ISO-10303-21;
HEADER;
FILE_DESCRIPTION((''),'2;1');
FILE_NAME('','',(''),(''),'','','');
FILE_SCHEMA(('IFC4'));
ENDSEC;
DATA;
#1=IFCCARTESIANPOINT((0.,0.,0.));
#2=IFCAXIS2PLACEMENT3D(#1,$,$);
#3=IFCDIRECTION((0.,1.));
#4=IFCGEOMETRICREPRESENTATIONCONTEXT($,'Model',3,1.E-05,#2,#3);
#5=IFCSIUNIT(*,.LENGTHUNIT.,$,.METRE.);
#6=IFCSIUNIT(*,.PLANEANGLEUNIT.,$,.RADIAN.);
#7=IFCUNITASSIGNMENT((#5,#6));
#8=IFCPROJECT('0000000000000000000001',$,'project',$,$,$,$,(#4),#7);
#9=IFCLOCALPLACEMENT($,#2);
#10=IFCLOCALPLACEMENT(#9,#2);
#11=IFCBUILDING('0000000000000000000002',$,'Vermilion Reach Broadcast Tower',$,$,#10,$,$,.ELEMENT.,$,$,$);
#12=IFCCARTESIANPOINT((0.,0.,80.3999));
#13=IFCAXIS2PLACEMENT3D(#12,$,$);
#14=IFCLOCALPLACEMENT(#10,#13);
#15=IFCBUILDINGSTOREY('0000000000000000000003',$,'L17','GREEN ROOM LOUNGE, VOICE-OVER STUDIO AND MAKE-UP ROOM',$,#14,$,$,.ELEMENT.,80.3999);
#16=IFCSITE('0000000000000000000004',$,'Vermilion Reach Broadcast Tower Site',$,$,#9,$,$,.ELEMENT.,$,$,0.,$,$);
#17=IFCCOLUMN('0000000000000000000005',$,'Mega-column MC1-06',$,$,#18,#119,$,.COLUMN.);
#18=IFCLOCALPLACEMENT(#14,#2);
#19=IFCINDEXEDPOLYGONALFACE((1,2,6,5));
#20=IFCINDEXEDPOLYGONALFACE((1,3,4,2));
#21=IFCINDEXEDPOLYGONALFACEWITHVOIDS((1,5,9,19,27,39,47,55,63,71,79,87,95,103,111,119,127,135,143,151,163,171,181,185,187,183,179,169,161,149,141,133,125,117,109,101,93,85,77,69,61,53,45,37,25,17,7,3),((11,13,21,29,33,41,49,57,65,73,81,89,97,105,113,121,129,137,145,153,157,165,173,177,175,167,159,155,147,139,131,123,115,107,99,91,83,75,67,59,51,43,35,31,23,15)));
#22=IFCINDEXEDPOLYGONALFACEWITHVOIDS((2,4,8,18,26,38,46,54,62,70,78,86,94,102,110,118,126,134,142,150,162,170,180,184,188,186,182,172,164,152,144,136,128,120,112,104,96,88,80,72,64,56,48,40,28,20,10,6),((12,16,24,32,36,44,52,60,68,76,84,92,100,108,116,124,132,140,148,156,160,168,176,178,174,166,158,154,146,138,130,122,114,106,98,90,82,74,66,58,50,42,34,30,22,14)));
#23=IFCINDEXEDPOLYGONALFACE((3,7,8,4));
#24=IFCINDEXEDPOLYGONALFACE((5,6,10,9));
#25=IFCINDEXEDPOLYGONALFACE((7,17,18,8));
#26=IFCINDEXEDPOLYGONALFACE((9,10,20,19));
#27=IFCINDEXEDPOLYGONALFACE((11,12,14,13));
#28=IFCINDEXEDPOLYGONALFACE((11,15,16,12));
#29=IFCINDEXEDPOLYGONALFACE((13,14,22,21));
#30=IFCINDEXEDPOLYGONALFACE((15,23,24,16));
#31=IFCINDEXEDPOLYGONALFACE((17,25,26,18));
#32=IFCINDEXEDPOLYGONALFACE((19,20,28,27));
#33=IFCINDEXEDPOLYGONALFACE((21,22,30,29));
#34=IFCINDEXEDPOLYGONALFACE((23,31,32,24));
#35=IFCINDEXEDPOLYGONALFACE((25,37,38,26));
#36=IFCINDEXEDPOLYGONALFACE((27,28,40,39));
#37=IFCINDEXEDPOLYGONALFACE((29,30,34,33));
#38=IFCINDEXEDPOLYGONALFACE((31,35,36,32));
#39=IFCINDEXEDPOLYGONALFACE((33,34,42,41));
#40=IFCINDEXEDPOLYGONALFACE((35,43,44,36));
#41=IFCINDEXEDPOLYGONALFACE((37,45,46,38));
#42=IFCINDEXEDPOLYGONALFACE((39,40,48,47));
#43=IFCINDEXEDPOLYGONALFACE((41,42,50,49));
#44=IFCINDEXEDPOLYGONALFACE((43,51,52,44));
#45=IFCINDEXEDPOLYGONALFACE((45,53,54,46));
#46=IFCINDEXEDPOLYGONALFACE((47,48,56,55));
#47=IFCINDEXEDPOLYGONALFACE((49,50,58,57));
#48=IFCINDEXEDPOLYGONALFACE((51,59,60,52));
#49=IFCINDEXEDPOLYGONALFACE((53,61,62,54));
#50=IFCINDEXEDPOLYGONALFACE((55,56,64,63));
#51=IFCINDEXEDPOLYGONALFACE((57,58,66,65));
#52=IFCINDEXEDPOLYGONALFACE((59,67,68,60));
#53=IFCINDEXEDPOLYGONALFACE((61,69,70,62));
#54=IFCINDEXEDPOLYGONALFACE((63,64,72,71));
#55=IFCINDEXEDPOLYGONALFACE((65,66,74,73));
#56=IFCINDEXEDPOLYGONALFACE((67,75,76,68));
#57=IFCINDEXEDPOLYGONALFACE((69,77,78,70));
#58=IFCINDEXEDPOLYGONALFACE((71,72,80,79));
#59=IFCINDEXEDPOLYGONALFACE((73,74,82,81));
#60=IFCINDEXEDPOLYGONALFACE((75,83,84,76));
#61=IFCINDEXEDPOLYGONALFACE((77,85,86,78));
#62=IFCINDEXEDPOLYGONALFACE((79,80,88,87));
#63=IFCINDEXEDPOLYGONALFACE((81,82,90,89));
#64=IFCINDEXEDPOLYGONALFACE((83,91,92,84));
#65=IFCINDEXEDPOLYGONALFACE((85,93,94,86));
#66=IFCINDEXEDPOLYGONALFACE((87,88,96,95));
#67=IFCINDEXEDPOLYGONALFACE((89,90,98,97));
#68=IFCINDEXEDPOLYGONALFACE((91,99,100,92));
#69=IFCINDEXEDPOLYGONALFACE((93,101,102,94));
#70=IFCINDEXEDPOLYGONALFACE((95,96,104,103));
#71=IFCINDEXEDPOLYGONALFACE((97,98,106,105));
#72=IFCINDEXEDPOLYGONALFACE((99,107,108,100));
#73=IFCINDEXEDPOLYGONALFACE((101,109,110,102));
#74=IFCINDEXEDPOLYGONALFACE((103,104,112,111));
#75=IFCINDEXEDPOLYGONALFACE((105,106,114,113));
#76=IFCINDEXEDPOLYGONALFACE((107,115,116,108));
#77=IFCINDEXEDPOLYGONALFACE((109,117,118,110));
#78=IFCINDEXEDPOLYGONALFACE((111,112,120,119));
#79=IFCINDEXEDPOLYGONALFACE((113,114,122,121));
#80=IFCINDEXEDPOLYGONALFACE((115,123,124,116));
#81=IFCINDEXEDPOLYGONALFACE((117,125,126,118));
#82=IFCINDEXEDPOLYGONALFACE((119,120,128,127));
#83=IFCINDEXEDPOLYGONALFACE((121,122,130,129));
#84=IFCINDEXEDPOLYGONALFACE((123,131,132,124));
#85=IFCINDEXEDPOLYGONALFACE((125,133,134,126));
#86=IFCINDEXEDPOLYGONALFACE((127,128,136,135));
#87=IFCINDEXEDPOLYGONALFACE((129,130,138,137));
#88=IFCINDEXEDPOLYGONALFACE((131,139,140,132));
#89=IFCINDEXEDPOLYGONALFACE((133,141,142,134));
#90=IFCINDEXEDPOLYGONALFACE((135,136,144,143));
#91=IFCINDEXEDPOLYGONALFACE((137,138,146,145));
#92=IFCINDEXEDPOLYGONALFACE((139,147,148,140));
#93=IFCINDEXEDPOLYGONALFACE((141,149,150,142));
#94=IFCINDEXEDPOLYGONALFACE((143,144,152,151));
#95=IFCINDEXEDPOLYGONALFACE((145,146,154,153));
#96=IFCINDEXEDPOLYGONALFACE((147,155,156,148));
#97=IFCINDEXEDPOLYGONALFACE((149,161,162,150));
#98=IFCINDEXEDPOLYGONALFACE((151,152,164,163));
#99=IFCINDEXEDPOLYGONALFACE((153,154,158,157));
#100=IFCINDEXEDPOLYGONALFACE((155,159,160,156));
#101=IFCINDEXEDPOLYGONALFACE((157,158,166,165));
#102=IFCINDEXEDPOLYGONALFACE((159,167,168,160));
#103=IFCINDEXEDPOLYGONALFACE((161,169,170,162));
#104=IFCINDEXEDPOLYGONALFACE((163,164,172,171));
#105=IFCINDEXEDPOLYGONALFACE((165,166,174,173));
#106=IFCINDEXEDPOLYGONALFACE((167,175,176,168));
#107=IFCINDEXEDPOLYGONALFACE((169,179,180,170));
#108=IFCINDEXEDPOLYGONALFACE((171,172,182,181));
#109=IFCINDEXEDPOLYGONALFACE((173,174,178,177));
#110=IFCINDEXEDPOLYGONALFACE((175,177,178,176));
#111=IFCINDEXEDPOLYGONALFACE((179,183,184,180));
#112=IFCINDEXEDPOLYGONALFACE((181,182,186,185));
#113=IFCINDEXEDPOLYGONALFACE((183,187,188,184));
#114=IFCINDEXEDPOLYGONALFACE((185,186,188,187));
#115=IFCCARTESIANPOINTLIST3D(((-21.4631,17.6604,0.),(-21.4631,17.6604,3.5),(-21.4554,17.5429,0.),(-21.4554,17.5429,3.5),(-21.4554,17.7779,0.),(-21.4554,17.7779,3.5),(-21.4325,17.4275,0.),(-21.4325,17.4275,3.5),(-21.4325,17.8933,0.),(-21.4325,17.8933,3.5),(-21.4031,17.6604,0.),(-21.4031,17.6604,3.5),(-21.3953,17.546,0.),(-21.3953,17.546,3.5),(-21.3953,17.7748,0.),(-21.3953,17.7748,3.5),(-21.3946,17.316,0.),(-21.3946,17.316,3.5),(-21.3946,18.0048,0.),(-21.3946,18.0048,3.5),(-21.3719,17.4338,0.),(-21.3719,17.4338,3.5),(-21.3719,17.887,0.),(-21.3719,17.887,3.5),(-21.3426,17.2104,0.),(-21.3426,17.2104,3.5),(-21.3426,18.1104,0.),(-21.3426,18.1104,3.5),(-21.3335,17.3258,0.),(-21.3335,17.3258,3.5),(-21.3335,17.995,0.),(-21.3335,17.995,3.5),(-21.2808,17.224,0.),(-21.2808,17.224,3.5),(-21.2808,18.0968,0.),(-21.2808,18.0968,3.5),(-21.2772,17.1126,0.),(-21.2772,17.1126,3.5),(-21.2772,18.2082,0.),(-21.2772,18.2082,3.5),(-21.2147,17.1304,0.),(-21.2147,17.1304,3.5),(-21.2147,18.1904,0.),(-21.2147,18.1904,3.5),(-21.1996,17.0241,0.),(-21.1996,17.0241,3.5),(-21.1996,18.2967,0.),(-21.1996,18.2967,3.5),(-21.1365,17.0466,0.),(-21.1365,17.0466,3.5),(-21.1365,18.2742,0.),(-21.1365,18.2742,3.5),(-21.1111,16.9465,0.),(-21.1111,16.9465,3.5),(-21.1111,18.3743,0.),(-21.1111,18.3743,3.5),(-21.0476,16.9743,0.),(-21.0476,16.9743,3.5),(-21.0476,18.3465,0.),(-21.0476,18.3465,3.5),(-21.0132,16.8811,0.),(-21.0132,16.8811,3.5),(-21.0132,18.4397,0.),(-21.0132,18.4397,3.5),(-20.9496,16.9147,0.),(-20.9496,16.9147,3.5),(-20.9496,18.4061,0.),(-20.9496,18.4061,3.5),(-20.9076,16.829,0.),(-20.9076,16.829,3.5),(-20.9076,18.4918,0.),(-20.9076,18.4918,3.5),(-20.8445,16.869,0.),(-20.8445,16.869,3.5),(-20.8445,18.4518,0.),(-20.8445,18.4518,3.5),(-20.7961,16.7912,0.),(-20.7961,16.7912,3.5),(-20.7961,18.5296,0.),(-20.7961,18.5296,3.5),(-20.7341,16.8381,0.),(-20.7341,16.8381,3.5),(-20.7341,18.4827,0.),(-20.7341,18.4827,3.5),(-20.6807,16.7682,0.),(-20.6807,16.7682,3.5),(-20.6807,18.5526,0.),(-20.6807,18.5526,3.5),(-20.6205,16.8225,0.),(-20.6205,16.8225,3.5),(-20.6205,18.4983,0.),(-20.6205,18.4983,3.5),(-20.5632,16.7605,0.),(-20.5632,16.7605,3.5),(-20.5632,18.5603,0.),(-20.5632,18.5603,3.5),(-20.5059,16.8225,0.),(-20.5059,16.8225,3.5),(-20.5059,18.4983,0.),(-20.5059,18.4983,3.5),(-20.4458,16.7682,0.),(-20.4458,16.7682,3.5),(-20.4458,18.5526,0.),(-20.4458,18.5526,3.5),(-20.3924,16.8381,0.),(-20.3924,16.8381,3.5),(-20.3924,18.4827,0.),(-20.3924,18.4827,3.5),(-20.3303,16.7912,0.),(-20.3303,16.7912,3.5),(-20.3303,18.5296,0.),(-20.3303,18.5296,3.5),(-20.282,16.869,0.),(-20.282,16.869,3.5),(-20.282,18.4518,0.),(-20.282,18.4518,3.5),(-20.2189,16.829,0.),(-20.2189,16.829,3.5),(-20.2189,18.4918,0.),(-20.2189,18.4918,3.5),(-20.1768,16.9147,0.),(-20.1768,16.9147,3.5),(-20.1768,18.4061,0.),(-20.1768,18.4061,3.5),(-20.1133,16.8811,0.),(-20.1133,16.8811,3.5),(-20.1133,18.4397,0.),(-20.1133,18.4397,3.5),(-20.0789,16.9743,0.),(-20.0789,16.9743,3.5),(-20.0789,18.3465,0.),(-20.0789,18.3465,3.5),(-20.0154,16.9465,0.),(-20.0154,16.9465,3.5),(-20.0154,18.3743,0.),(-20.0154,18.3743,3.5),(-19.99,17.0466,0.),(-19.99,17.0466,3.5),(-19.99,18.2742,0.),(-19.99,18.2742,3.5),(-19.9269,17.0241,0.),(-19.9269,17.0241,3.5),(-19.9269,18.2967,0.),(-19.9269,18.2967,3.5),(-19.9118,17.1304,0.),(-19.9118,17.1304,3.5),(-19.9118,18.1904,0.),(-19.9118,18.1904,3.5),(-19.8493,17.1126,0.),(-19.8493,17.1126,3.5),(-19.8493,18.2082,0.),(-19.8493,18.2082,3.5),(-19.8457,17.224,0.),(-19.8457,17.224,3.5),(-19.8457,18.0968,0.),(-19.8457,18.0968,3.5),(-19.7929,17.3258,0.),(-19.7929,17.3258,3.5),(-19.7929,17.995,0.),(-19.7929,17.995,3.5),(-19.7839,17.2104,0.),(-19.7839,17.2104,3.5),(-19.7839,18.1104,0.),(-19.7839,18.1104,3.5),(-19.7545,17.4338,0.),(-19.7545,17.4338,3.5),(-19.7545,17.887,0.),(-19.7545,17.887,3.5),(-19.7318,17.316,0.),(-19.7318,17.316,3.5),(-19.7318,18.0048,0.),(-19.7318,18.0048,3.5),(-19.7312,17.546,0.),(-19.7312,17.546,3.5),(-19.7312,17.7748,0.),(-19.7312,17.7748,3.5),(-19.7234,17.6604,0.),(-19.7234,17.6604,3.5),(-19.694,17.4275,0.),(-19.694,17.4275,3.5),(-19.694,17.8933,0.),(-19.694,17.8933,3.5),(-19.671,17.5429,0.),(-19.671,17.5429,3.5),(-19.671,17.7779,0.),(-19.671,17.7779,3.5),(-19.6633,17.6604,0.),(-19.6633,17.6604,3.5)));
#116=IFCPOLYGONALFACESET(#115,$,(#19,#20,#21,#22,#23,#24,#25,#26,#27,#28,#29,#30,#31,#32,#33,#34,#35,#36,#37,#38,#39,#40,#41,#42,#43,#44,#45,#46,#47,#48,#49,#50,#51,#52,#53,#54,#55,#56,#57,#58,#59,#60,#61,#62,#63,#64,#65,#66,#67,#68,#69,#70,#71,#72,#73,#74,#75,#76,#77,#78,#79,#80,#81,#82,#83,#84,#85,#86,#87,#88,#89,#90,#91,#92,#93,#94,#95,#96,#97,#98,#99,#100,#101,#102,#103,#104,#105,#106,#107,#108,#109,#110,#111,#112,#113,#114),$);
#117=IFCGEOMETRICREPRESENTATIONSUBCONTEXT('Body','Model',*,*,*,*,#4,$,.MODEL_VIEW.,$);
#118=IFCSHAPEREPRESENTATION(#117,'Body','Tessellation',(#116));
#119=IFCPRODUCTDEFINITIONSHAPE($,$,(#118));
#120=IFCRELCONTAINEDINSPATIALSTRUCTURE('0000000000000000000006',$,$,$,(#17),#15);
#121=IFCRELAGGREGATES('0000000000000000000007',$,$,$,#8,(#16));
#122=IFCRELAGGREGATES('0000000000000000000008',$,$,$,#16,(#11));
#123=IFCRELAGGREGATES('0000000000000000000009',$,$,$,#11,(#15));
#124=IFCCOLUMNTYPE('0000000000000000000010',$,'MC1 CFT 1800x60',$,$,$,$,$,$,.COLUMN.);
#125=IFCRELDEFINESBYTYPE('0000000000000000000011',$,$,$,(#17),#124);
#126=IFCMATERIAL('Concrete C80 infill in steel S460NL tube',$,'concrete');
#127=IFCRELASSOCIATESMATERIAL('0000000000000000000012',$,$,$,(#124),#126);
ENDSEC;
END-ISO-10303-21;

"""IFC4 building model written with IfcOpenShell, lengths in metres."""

from ifc_helpers import new_model, si_unit, direction, frame, origin, origin_2d, place, context, subcontext, project, spatial, hollow_circle, extrude, material, material_profile, profile_set, type_object, element, save


model = new_model("IFC4")

# Units and contexts
model_context = context("Model", 3, precision=1e-05, world=origin(), true_north=direction((0.0, 1.0)))
body_context = subcontext(model_context, "Body", "Model", "MODEL_VIEW")
ifc_project = project(units=[si_unit("LENGTHUNIT", "METRE"), si_unit("PLANEANGLEUNIT", "RADIAN")], contexts=[model_context])

# Site, building, storey
site_placement = place(None, origin())
site = spatial("IfcSite", under=ifc_project, at=site_placement, Name="Vermilion Reach Broadcast Tower Site", CompositionType="ELEMENT", RefElevation=0.0)
building_placement = place(site_placement, origin())
building = spatial("IfcBuilding", under=site, at=building_placement, Name="Vermilion Reach Broadcast Tower", CompositionType="ELEMENT")
storey_placement = place(building_placement, frame((0.0, 0.0, 80.3999)))
storey = spatial("IfcBuildingStorey", under=building, at=storey_placement, Name="L17", Description="GREEN ROOM LOUNGE, VOICE-OVER STUDIO AND MAKE-UP ROOM", CompositionType="ELEMENT", Elevation=80.3999)

# Column
ifc_material_1 = material(Name="Concrete C80 infill in steel S460NL tube", Category="concrete")
ifc_material_profile_1 = material_profile(ifc_material_1, hollow_circle(Radius=0.8999, WallThickness=0.0601, at=origin_2d()), Name="Concrete C80 infill in steel S460NL tube CFT 1800x60")
ifc_profile_set_1 = profile_set([ifc_material_profile_1], Name="Concrete C80 infill in steel S460NL tube")
column_type = type_object("IfcColumnType", Name="MC1 CFT 1800x60", PredefinedType="COLUMN", material=ifc_profile_set_1)
for number, where, z_axis, x_axis, name in (
    (1, (-20.5632, 17.6604, 0.0), (0.0, 0.0, 1.0), (1.0, 0.0, 0.0), "Mega-column MC1-06"),
):
    element("IfcColumn", number, at=place(storey_placement, frame(where, z_axis=z_axis, x_axis=x_axis)), inside=storey, type_object=column_type, Name=name, PredefinedType="COLUMN", context=body_context, shape_type="SweptSolid", body=[
        extrude(hollow_circle(Radius=0.8999, WallThickness=0.0601, at=origin_2d()), origin(), (0.0, 0.0, 1.0), 3.5),
    ])

save(model, "model.ifc")
